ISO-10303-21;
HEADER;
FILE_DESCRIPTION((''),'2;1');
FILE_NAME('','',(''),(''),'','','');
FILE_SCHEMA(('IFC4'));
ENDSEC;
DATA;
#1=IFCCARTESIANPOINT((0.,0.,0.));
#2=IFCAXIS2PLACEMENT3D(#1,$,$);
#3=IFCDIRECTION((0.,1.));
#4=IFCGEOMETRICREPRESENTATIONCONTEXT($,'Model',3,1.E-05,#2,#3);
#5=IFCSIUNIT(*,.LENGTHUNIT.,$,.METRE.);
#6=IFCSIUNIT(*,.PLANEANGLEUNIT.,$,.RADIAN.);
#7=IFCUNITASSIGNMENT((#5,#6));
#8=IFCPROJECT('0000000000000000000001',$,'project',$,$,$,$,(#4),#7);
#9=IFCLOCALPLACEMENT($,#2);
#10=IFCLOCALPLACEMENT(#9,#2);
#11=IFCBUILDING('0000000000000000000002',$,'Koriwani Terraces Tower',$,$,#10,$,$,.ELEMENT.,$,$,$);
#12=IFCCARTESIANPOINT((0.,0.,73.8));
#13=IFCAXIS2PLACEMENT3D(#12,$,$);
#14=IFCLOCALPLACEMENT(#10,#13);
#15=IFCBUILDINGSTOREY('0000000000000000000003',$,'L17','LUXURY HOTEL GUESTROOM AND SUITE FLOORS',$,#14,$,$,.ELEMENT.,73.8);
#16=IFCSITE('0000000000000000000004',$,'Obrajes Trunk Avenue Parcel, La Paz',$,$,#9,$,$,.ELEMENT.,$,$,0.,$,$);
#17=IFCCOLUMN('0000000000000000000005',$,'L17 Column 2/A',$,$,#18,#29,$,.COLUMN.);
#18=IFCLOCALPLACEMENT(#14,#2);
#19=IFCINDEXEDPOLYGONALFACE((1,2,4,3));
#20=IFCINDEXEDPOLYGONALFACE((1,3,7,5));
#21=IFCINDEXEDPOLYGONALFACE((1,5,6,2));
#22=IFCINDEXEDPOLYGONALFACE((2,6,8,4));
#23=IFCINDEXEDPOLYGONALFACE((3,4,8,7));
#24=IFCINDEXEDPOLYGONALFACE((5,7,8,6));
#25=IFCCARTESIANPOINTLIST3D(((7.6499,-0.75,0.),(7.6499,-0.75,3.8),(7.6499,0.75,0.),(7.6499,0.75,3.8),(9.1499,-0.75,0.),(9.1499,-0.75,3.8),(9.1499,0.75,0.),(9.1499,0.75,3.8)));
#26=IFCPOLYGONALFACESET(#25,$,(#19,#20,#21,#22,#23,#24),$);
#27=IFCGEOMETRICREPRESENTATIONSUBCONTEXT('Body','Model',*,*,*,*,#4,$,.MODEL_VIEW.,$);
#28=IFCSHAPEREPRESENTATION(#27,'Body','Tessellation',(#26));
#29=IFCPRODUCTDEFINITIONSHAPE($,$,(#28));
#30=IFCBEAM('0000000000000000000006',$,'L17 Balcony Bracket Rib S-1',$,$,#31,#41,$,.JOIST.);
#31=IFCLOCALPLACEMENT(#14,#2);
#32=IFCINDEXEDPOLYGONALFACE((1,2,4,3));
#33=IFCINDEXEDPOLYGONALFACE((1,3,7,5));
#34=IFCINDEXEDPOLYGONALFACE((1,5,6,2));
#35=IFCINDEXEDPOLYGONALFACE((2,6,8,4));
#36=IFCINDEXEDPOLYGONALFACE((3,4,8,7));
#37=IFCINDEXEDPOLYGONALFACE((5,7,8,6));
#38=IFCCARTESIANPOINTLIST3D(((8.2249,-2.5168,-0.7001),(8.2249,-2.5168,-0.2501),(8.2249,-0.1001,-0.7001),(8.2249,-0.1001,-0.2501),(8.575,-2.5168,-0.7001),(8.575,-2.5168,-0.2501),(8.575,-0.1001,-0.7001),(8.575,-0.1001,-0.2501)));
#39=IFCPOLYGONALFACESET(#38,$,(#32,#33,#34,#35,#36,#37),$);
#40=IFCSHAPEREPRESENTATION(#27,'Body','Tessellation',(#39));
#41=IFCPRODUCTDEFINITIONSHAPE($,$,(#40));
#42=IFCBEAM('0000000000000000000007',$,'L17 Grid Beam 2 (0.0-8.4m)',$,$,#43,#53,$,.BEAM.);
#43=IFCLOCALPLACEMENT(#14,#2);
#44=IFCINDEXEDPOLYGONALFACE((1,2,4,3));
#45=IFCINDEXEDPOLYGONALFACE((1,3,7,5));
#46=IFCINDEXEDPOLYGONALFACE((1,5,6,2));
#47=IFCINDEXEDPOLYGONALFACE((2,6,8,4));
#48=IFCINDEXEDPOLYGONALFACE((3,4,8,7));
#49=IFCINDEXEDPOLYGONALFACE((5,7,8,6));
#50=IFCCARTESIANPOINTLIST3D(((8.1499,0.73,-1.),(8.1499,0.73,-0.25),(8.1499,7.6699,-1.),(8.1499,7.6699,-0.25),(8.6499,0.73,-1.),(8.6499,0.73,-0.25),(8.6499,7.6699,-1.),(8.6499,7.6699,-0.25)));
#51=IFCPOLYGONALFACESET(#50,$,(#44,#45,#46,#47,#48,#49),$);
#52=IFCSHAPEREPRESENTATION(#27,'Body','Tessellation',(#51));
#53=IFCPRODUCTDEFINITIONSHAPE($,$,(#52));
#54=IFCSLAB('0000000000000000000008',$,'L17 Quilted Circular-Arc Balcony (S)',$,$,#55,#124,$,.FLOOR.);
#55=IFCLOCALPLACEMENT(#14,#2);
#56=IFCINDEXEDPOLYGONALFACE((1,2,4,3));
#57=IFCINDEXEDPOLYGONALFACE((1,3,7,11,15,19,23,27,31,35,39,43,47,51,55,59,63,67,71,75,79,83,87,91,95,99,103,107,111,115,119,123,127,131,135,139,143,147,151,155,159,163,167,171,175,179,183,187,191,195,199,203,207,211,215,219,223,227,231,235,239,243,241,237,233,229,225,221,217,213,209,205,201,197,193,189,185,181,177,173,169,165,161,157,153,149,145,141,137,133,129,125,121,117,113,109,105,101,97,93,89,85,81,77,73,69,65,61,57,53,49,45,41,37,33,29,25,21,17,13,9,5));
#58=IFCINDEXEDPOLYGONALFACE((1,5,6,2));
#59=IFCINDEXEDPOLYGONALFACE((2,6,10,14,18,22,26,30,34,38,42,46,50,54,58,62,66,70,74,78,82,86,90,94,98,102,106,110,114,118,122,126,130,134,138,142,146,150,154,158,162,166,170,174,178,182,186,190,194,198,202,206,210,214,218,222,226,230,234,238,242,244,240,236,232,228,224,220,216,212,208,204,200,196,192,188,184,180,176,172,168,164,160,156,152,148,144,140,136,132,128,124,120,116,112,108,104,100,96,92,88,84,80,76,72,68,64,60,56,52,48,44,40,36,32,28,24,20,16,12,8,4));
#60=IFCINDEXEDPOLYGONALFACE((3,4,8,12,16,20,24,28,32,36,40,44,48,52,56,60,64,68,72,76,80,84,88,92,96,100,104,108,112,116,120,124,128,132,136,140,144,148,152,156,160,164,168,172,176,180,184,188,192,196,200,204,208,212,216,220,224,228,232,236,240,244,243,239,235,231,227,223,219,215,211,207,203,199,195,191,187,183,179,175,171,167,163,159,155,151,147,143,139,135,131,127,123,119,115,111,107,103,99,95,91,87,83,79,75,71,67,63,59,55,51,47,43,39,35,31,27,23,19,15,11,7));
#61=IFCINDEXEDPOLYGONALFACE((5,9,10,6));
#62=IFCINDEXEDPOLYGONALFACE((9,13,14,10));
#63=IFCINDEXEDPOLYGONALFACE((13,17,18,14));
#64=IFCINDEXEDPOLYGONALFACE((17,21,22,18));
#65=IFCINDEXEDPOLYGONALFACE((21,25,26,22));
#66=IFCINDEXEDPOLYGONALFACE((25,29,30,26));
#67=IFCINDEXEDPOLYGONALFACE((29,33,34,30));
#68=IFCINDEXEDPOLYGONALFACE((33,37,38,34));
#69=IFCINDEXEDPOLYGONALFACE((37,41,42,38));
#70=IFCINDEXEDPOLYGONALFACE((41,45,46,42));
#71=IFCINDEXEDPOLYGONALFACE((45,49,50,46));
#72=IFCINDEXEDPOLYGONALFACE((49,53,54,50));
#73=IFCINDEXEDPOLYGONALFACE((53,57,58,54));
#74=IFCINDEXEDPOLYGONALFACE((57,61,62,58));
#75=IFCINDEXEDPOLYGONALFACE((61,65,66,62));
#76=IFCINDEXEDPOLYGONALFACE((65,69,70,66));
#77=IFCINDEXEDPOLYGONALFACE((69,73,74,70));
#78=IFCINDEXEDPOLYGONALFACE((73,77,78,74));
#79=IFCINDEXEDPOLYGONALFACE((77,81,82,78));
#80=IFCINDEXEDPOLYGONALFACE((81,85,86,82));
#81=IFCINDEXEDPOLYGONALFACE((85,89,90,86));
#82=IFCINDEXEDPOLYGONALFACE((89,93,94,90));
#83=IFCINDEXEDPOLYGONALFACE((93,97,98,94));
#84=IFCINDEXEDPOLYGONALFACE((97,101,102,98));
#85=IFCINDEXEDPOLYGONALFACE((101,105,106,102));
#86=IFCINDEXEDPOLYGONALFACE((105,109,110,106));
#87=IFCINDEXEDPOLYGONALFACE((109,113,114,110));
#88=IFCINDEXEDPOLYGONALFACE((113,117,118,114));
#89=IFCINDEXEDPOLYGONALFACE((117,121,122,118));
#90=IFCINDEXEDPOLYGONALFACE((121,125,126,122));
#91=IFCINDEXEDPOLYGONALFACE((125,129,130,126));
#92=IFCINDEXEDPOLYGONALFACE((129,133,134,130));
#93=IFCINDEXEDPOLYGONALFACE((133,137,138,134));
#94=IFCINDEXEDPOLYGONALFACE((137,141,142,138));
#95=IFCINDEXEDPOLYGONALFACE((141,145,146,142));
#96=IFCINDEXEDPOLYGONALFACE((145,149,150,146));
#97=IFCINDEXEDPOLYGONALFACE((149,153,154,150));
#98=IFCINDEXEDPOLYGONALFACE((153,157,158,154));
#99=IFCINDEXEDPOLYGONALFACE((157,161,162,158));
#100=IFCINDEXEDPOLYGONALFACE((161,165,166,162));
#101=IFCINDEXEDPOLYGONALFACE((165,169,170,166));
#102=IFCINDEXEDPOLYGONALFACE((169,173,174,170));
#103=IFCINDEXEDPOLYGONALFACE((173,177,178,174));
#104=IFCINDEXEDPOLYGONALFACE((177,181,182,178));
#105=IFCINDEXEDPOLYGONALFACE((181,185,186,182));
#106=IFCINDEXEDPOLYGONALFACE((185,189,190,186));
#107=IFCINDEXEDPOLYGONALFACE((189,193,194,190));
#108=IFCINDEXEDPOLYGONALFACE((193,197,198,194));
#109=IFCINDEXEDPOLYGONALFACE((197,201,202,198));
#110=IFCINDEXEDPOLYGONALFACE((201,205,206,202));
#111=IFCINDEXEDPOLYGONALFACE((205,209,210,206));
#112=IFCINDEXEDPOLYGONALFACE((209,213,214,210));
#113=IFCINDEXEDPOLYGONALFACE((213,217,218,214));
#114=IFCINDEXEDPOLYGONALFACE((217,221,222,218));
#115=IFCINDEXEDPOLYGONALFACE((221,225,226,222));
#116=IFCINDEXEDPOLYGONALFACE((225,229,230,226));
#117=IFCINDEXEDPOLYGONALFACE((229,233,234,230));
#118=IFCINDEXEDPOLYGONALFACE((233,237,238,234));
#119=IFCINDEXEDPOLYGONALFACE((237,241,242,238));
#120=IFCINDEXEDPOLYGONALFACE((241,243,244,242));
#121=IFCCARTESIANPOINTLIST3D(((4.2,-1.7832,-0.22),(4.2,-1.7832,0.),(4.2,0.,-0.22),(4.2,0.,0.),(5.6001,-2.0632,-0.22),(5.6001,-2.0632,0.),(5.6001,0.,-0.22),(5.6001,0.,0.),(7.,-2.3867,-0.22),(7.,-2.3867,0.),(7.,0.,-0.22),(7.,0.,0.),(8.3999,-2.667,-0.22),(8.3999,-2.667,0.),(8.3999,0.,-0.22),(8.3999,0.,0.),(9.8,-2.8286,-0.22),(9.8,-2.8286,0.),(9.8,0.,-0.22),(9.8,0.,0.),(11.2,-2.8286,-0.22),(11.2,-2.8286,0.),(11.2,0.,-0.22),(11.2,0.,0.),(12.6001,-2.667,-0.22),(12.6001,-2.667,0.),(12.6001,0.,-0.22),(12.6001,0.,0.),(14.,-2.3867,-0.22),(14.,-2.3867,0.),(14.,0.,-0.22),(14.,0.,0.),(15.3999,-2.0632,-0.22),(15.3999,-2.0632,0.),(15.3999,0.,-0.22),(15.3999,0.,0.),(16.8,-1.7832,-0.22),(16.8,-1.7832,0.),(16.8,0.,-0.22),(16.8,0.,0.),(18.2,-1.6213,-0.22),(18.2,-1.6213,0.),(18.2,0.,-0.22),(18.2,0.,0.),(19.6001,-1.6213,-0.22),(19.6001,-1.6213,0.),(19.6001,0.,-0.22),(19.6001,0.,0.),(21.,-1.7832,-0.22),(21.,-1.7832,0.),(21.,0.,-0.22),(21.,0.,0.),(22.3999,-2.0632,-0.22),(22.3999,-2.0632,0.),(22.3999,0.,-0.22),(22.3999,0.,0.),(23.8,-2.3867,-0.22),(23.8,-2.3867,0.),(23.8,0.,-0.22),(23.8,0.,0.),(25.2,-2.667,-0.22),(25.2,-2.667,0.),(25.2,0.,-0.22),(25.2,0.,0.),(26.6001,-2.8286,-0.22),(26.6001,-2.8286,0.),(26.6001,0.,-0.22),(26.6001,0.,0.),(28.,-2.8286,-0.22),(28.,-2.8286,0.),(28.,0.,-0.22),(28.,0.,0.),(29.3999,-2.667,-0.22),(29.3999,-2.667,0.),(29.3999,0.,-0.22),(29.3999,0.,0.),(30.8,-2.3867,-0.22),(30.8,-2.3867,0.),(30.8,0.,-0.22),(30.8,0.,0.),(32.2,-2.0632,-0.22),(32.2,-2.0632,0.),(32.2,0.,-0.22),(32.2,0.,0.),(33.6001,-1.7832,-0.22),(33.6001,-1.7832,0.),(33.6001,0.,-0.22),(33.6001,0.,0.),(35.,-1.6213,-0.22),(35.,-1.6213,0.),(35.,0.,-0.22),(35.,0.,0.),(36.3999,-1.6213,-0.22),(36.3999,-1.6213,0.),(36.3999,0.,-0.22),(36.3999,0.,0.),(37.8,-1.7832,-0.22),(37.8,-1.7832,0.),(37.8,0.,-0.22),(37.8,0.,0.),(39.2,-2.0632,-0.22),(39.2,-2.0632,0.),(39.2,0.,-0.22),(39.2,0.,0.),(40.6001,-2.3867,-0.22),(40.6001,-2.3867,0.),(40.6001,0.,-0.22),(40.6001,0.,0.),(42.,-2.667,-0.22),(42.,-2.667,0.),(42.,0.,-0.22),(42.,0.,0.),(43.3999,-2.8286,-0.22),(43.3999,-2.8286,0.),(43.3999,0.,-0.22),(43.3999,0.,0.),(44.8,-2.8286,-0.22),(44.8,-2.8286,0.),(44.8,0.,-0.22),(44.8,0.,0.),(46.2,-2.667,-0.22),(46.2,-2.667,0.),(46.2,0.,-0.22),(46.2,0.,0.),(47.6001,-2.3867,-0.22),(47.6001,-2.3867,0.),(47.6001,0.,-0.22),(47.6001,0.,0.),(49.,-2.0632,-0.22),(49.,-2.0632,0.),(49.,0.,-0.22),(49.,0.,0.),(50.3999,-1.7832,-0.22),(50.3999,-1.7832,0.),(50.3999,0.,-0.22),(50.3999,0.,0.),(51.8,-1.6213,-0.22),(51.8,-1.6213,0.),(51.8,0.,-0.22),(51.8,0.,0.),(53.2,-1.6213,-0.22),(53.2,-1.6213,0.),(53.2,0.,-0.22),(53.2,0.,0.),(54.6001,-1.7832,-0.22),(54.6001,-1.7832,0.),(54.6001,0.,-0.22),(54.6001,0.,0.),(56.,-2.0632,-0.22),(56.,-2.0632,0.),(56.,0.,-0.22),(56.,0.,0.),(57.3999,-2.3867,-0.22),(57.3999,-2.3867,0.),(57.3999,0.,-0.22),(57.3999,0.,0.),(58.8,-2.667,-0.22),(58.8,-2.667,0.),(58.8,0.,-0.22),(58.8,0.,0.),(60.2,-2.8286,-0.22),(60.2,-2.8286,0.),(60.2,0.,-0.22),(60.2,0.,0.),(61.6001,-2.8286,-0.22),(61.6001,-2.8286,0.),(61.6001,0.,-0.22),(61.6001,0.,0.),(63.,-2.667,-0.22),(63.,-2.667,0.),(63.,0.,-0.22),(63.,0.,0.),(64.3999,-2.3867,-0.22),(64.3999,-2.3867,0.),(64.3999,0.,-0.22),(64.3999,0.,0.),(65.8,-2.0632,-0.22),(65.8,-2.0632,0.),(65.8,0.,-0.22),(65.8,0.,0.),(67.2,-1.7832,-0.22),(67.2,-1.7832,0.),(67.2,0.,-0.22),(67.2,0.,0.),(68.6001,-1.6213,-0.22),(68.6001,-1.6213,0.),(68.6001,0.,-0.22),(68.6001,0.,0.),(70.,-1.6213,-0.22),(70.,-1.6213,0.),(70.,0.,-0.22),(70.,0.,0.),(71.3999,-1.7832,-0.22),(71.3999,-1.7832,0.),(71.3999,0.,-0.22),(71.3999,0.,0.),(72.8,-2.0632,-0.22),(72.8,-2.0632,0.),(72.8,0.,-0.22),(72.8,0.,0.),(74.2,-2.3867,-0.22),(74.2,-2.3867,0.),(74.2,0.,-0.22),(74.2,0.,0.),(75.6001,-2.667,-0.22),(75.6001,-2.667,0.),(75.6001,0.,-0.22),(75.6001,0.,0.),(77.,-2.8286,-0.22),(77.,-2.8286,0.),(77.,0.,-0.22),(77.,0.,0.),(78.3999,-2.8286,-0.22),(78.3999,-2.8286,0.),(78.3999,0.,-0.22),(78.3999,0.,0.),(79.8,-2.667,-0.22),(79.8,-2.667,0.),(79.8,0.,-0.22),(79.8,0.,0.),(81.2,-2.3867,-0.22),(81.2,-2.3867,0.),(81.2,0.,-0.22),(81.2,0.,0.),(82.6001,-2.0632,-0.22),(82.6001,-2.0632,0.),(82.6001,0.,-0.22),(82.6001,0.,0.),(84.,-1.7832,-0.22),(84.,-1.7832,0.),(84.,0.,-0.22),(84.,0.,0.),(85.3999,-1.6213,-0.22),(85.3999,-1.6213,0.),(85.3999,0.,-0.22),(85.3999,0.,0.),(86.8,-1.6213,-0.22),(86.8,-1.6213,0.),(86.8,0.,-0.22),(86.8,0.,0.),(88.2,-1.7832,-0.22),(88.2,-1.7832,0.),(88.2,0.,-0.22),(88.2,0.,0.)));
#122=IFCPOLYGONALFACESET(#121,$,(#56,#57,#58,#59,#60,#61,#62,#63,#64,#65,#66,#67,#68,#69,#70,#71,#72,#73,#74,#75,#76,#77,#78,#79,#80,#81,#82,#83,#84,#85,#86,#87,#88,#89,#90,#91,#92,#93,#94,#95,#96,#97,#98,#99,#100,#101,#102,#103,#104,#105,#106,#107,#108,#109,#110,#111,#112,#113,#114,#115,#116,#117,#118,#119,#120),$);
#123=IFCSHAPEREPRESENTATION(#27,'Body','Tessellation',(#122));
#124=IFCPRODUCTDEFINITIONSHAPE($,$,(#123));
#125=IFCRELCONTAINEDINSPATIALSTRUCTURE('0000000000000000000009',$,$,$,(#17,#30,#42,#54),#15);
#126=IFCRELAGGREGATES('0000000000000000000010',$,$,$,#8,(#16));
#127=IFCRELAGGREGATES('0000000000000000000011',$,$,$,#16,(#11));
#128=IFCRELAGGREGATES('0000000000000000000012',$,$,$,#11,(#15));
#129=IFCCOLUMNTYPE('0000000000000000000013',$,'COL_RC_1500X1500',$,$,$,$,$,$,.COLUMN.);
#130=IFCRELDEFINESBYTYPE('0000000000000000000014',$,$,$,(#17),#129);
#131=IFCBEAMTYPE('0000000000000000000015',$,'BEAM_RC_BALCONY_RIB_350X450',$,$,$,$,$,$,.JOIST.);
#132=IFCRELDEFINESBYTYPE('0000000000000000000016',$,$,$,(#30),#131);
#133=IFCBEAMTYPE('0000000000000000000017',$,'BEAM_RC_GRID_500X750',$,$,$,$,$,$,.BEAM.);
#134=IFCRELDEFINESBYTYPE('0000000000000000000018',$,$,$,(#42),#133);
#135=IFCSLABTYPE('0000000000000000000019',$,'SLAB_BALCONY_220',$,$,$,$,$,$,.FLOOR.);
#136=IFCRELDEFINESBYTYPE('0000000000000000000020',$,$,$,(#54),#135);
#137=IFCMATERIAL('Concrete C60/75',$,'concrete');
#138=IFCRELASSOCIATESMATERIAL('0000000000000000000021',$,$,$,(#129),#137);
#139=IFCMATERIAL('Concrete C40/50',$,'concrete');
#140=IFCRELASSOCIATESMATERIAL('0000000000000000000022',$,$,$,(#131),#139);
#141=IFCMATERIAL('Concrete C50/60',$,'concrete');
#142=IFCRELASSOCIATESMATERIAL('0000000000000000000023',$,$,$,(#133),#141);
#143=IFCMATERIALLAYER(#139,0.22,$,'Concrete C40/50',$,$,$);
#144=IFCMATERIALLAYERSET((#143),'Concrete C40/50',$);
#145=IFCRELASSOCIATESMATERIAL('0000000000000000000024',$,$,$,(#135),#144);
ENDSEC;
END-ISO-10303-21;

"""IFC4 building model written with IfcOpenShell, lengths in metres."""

from ifc_helpers import new_model, si_unit, direction, frame, origin, origin_2d, place, context, subcontext, project, spatial, polyline, rectangle, outline, extrude, material, layer, layer_set, material_profile, profile_set, type_object, element, save


model = new_model("IFC4")

# Units and contexts
model_context = context("Model", 3, precision=1e-05, world=origin(), true_north=direction((0.0, 1.0)))
body_context = subcontext(model_context, "Body", "Model", "MODEL_VIEW")
ifc_project = project(units=[si_unit("LENGTHUNIT", "METRE"), si_unit("PLANEANGLEUNIT", "RADIAN")], contexts=[model_context])

# Site, building, storey
site_placement = place(None, origin())
site = spatial("IfcSite", under=ifc_project, at=site_placement, Name="Obrajes Trunk Avenue Parcel, La Paz", CompositionType="ELEMENT", RefElevation=0.0)
building_placement = place(site_placement, origin())
building = spatial("IfcBuilding", under=site, at=building_placement, Name="Koriwani Terraces Tower", CompositionType="ELEMENT")
storey_placement = place(building_placement, frame((0.0, 0.0, 73.8)))
storey = spatial("IfcBuildingStorey", under=building, at=storey_placement, Name="L17", Description="LUXURY HOTEL GUESTROOM AND SUITE FLOORS", CompositionType="ELEMENT", Elevation=73.8)

# Column
ifc_material_1 = material(Name="Concrete C60/75", Category="concrete")
ifc_material_profile_1 = material_profile(ifc_material_1, rectangle(XDim=1.5, YDim=1.5, at=origin_2d()), Name="Concrete C60/75", Category="LoadBearing")
ifc_profile_set_1 = profile_set([ifc_material_profile_1], Name="Concrete C60/75")
column_type = type_object("IfcColumnType", Name="COL_RC_1500X1500", PredefinedType="COLUMN", material=ifc_profile_set_1)
column_placement = place(storey_placement, frame((8.3999, 0.0, 0.0), z_axis=(0.0, 0.0, 1.0), x_axis=(1.0, 0.0, 0.0)))
element("IfcColumn", 1, at=column_placement, inside=storey, type_object=column_type, Name="L17 Column 2/A", PredefinedType="COLUMN", context=body_context, shape_type="SweptSolid", body=[
    extrude(rectangle(XDim=1.5, YDim=1.5, at=origin_2d()), origin(), (0.0, 0.0, 1.0), 3.8),
])

# Beams
ifc_material_2 = material(Name="Concrete C40/50", Category="concrete")
ifc_material_profile_2 = material_profile(ifc_material_2, rectangle(XDim=0.3501, YDim=0.45, at=origin_2d()), Name="Concrete C40/50", Category="LoadBearing")
ifc_profile_set_2 = profile_set([ifc_material_profile_2], Name="Concrete C40/50")
beam_type_1 = type_object("IfcBeamType", Name="BEAM_RC_BALCONY_RIB_350X450", PredefinedType="JOIST", material=ifc_profile_set_2)
beam_1_placement = place(storey_placement, frame((8.3999, -2.5168, -0.4751), z_axis=(0.0, 1.0, 0.0), x_axis=(-1.0, 0.0, 0.0)))
element("IfcBeam", 2, at=beam_1_placement, inside=storey, type_object=beam_type_1, Name="L17 Balcony Bracket Rib S-1", PredefinedType="JOIST", context=body_context, shape_type="SweptSolid", body=[
    extrude(rectangle(XDim=0.3501, YDim=0.45, at=origin_2d()), origin(), (0.0, 0.0, 1.0), 2.4167),
])
ifc_material_3 = material(Name="Concrete C50/60", Category="concrete")
ifc_material_profile_3 = material_profile(ifc_material_3, rectangle(XDim=0.5, YDim=0.75, at=origin_2d()), Name="Concrete C50/60", Category="LoadBearing")
ifc_profile_set_3 = profile_set([ifc_material_profile_3], Name="Concrete C50/60")
beam_type_2 = type_object("IfcBeamType", Name="BEAM_RC_GRID_500X750", PredefinedType="BEAM", material=ifc_profile_set_3)
beam_2_placement = place(storey_placement, frame((8.3999, 0.73, -0.625), z_axis=(0.0, 1.0, 0.0), x_axis=(-1.0, 0.0, 0.0)))
element("IfcBeam", 3, at=beam_2_placement, inside=storey, type_object=beam_type_2, Name="L17 Grid Beam 2 (0.0-8.4m)", PredefinedType="BEAM", context=body_context, shape_type="SweptSolid", body=[
    extrude(rectangle(XDim=0.5, YDim=0.75, at=origin_2d()), origin(), (0.0, 0.0, 1.0), 6.9399),
])

# Slab
ifc_layer_1 = layer(ifc_material_2, 0.22, Name="Concrete C40/50")
ifc_layer_set_1 = layer_set([ifc_layer_1], Name="Concrete C40/50")
slab_type_1 = type_object("IfcSlabType", Name="SLAB_BALCONY_220", PredefinedType="FLOOR", material=ifc_layer_set_1)
slab_1_placement = place(storey_placement, frame((0.0, 0.0, -0.22)))
element("IfcSlab", 4, at=slab_1_placement, inside=storey, type_object=slab_type_1, Name="L17 Quilted Circular-Arc Balcony (S)", PredefinedType="FLOOR", context=body_context, shape_type="SweptSolid", body=[
    extrude(outline(polyline([(4.2, 0.0), (5.6001, 0.0), (7.0, 0.0), (8.3999, 0.0), (9.8, 0.0), (11.2, 0.0), (12.6001, 0.0), (14.0, 0.0), (15.3999, 0.0), (16.8, 0.0), (18.2, 0.0), (19.6001, 0.0), (21.0, 0.0), (22.3999, 0.0), (23.8, 0.0), (25.2, 0.0), (26.6001, 0.0), (28.0, 0.0), (29.3999, 0.0), (30.8, 0.0), (32.2, 0.0), (33.6001, 0.0), (35.0, 0.0), (36.3999, 0.0), (37.8, 0.0), (39.2, 0.0), (40.6001, 0.0), (42.0, 0.0), (43.3999, 0.0), (44.8, 0.0), (46.2, 0.0), (47.6001, 0.0), (49.0, 0.0), (50.3999, 0.0), (51.8, 0.0), (53.2, 0.0), (54.6001, 0.0), (56.0, 0.0), (57.3999, 0.0), (58.8, 0.0), (60.2, 0.0), (61.6001, 0.0), (63.0, 0.0), (64.3999, 0.0), (65.8, 0.0), (67.2, 0.0), (68.6001, 0.0), (70.0, 0.0), (71.3999, 0.0), (72.8, 0.0), (74.2, 0.0), (75.6001, 0.0), (77.0, 0.0), (78.3999, 0.0), (79.8, 0.0), (81.2, 0.0), (82.6001, 0.0), (84.0, 0.0), (85.3999, 0.0), (86.8, 0.0), (88.2, 0.0), (88.2, -1.7832), (86.8, -1.6213), (85.3999, -1.6213), (84.0, -1.7832), (82.6001, -2.0632), (81.2, -2.3867), (79.8, -2.667), (78.3999, -2.8286), (77.0, -2.8286), (75.6001, -2.667), (74.2, -2.3867), (72.8, -2.0632), (71.3999, -1.7832), (70.0, -1.6213), (68.6001, -1.6213), (67.2, -1.7832), (65.8, -2.0632), (64.3999, -2.3867), (63.0, -2.667), (61.6001, -2.8286), (60.2, -2.8286), (58.8, -2.667), (57.3999, -2.3867), (56.0, -2.0632), (54.6001, -1.7832), (53.2, -1.6213), (51.8, -1.6213), (50.3999, -1.7832), (49.0, -2.0632), (47.6001, -2.3867), (46.2, -2.667), (44.8, -2.8286), (43.3999, -2.8286), (42.0, -2.667), (40.6001, -2.3867), (39.2, -2.0632), (37.8, -1.7832), (36.3999, -1.6213), (35.0, -1.6213), (33.6001, -1.7832), (32.2, -2.0632), (30.8, -2.3867), (29.3999, -2.667), (28.0, -2.8286), (26.6001, -2.8286), (25.2, -2.667), (23.8, -2.3867), (22.3999, -2.0632), (21.0, -1.7832), (19.6001, -1.6213), (18.2, -1.6213), (16.8, -1.7832), (15.3999, -2.0632), (14.0, -2.3867), (12.6001, -2.667), (11.2, -2.8286), (9.8, -2.8286), (8.3999, -2.667), (7.0, -2.3867), (5.6001, -2.0632), (4.2, -1.7832), (4.2, 0.0)])), origin(), (0.0, 0.0, 1.0), 0.22),
])

save(model, "model.ifc")
